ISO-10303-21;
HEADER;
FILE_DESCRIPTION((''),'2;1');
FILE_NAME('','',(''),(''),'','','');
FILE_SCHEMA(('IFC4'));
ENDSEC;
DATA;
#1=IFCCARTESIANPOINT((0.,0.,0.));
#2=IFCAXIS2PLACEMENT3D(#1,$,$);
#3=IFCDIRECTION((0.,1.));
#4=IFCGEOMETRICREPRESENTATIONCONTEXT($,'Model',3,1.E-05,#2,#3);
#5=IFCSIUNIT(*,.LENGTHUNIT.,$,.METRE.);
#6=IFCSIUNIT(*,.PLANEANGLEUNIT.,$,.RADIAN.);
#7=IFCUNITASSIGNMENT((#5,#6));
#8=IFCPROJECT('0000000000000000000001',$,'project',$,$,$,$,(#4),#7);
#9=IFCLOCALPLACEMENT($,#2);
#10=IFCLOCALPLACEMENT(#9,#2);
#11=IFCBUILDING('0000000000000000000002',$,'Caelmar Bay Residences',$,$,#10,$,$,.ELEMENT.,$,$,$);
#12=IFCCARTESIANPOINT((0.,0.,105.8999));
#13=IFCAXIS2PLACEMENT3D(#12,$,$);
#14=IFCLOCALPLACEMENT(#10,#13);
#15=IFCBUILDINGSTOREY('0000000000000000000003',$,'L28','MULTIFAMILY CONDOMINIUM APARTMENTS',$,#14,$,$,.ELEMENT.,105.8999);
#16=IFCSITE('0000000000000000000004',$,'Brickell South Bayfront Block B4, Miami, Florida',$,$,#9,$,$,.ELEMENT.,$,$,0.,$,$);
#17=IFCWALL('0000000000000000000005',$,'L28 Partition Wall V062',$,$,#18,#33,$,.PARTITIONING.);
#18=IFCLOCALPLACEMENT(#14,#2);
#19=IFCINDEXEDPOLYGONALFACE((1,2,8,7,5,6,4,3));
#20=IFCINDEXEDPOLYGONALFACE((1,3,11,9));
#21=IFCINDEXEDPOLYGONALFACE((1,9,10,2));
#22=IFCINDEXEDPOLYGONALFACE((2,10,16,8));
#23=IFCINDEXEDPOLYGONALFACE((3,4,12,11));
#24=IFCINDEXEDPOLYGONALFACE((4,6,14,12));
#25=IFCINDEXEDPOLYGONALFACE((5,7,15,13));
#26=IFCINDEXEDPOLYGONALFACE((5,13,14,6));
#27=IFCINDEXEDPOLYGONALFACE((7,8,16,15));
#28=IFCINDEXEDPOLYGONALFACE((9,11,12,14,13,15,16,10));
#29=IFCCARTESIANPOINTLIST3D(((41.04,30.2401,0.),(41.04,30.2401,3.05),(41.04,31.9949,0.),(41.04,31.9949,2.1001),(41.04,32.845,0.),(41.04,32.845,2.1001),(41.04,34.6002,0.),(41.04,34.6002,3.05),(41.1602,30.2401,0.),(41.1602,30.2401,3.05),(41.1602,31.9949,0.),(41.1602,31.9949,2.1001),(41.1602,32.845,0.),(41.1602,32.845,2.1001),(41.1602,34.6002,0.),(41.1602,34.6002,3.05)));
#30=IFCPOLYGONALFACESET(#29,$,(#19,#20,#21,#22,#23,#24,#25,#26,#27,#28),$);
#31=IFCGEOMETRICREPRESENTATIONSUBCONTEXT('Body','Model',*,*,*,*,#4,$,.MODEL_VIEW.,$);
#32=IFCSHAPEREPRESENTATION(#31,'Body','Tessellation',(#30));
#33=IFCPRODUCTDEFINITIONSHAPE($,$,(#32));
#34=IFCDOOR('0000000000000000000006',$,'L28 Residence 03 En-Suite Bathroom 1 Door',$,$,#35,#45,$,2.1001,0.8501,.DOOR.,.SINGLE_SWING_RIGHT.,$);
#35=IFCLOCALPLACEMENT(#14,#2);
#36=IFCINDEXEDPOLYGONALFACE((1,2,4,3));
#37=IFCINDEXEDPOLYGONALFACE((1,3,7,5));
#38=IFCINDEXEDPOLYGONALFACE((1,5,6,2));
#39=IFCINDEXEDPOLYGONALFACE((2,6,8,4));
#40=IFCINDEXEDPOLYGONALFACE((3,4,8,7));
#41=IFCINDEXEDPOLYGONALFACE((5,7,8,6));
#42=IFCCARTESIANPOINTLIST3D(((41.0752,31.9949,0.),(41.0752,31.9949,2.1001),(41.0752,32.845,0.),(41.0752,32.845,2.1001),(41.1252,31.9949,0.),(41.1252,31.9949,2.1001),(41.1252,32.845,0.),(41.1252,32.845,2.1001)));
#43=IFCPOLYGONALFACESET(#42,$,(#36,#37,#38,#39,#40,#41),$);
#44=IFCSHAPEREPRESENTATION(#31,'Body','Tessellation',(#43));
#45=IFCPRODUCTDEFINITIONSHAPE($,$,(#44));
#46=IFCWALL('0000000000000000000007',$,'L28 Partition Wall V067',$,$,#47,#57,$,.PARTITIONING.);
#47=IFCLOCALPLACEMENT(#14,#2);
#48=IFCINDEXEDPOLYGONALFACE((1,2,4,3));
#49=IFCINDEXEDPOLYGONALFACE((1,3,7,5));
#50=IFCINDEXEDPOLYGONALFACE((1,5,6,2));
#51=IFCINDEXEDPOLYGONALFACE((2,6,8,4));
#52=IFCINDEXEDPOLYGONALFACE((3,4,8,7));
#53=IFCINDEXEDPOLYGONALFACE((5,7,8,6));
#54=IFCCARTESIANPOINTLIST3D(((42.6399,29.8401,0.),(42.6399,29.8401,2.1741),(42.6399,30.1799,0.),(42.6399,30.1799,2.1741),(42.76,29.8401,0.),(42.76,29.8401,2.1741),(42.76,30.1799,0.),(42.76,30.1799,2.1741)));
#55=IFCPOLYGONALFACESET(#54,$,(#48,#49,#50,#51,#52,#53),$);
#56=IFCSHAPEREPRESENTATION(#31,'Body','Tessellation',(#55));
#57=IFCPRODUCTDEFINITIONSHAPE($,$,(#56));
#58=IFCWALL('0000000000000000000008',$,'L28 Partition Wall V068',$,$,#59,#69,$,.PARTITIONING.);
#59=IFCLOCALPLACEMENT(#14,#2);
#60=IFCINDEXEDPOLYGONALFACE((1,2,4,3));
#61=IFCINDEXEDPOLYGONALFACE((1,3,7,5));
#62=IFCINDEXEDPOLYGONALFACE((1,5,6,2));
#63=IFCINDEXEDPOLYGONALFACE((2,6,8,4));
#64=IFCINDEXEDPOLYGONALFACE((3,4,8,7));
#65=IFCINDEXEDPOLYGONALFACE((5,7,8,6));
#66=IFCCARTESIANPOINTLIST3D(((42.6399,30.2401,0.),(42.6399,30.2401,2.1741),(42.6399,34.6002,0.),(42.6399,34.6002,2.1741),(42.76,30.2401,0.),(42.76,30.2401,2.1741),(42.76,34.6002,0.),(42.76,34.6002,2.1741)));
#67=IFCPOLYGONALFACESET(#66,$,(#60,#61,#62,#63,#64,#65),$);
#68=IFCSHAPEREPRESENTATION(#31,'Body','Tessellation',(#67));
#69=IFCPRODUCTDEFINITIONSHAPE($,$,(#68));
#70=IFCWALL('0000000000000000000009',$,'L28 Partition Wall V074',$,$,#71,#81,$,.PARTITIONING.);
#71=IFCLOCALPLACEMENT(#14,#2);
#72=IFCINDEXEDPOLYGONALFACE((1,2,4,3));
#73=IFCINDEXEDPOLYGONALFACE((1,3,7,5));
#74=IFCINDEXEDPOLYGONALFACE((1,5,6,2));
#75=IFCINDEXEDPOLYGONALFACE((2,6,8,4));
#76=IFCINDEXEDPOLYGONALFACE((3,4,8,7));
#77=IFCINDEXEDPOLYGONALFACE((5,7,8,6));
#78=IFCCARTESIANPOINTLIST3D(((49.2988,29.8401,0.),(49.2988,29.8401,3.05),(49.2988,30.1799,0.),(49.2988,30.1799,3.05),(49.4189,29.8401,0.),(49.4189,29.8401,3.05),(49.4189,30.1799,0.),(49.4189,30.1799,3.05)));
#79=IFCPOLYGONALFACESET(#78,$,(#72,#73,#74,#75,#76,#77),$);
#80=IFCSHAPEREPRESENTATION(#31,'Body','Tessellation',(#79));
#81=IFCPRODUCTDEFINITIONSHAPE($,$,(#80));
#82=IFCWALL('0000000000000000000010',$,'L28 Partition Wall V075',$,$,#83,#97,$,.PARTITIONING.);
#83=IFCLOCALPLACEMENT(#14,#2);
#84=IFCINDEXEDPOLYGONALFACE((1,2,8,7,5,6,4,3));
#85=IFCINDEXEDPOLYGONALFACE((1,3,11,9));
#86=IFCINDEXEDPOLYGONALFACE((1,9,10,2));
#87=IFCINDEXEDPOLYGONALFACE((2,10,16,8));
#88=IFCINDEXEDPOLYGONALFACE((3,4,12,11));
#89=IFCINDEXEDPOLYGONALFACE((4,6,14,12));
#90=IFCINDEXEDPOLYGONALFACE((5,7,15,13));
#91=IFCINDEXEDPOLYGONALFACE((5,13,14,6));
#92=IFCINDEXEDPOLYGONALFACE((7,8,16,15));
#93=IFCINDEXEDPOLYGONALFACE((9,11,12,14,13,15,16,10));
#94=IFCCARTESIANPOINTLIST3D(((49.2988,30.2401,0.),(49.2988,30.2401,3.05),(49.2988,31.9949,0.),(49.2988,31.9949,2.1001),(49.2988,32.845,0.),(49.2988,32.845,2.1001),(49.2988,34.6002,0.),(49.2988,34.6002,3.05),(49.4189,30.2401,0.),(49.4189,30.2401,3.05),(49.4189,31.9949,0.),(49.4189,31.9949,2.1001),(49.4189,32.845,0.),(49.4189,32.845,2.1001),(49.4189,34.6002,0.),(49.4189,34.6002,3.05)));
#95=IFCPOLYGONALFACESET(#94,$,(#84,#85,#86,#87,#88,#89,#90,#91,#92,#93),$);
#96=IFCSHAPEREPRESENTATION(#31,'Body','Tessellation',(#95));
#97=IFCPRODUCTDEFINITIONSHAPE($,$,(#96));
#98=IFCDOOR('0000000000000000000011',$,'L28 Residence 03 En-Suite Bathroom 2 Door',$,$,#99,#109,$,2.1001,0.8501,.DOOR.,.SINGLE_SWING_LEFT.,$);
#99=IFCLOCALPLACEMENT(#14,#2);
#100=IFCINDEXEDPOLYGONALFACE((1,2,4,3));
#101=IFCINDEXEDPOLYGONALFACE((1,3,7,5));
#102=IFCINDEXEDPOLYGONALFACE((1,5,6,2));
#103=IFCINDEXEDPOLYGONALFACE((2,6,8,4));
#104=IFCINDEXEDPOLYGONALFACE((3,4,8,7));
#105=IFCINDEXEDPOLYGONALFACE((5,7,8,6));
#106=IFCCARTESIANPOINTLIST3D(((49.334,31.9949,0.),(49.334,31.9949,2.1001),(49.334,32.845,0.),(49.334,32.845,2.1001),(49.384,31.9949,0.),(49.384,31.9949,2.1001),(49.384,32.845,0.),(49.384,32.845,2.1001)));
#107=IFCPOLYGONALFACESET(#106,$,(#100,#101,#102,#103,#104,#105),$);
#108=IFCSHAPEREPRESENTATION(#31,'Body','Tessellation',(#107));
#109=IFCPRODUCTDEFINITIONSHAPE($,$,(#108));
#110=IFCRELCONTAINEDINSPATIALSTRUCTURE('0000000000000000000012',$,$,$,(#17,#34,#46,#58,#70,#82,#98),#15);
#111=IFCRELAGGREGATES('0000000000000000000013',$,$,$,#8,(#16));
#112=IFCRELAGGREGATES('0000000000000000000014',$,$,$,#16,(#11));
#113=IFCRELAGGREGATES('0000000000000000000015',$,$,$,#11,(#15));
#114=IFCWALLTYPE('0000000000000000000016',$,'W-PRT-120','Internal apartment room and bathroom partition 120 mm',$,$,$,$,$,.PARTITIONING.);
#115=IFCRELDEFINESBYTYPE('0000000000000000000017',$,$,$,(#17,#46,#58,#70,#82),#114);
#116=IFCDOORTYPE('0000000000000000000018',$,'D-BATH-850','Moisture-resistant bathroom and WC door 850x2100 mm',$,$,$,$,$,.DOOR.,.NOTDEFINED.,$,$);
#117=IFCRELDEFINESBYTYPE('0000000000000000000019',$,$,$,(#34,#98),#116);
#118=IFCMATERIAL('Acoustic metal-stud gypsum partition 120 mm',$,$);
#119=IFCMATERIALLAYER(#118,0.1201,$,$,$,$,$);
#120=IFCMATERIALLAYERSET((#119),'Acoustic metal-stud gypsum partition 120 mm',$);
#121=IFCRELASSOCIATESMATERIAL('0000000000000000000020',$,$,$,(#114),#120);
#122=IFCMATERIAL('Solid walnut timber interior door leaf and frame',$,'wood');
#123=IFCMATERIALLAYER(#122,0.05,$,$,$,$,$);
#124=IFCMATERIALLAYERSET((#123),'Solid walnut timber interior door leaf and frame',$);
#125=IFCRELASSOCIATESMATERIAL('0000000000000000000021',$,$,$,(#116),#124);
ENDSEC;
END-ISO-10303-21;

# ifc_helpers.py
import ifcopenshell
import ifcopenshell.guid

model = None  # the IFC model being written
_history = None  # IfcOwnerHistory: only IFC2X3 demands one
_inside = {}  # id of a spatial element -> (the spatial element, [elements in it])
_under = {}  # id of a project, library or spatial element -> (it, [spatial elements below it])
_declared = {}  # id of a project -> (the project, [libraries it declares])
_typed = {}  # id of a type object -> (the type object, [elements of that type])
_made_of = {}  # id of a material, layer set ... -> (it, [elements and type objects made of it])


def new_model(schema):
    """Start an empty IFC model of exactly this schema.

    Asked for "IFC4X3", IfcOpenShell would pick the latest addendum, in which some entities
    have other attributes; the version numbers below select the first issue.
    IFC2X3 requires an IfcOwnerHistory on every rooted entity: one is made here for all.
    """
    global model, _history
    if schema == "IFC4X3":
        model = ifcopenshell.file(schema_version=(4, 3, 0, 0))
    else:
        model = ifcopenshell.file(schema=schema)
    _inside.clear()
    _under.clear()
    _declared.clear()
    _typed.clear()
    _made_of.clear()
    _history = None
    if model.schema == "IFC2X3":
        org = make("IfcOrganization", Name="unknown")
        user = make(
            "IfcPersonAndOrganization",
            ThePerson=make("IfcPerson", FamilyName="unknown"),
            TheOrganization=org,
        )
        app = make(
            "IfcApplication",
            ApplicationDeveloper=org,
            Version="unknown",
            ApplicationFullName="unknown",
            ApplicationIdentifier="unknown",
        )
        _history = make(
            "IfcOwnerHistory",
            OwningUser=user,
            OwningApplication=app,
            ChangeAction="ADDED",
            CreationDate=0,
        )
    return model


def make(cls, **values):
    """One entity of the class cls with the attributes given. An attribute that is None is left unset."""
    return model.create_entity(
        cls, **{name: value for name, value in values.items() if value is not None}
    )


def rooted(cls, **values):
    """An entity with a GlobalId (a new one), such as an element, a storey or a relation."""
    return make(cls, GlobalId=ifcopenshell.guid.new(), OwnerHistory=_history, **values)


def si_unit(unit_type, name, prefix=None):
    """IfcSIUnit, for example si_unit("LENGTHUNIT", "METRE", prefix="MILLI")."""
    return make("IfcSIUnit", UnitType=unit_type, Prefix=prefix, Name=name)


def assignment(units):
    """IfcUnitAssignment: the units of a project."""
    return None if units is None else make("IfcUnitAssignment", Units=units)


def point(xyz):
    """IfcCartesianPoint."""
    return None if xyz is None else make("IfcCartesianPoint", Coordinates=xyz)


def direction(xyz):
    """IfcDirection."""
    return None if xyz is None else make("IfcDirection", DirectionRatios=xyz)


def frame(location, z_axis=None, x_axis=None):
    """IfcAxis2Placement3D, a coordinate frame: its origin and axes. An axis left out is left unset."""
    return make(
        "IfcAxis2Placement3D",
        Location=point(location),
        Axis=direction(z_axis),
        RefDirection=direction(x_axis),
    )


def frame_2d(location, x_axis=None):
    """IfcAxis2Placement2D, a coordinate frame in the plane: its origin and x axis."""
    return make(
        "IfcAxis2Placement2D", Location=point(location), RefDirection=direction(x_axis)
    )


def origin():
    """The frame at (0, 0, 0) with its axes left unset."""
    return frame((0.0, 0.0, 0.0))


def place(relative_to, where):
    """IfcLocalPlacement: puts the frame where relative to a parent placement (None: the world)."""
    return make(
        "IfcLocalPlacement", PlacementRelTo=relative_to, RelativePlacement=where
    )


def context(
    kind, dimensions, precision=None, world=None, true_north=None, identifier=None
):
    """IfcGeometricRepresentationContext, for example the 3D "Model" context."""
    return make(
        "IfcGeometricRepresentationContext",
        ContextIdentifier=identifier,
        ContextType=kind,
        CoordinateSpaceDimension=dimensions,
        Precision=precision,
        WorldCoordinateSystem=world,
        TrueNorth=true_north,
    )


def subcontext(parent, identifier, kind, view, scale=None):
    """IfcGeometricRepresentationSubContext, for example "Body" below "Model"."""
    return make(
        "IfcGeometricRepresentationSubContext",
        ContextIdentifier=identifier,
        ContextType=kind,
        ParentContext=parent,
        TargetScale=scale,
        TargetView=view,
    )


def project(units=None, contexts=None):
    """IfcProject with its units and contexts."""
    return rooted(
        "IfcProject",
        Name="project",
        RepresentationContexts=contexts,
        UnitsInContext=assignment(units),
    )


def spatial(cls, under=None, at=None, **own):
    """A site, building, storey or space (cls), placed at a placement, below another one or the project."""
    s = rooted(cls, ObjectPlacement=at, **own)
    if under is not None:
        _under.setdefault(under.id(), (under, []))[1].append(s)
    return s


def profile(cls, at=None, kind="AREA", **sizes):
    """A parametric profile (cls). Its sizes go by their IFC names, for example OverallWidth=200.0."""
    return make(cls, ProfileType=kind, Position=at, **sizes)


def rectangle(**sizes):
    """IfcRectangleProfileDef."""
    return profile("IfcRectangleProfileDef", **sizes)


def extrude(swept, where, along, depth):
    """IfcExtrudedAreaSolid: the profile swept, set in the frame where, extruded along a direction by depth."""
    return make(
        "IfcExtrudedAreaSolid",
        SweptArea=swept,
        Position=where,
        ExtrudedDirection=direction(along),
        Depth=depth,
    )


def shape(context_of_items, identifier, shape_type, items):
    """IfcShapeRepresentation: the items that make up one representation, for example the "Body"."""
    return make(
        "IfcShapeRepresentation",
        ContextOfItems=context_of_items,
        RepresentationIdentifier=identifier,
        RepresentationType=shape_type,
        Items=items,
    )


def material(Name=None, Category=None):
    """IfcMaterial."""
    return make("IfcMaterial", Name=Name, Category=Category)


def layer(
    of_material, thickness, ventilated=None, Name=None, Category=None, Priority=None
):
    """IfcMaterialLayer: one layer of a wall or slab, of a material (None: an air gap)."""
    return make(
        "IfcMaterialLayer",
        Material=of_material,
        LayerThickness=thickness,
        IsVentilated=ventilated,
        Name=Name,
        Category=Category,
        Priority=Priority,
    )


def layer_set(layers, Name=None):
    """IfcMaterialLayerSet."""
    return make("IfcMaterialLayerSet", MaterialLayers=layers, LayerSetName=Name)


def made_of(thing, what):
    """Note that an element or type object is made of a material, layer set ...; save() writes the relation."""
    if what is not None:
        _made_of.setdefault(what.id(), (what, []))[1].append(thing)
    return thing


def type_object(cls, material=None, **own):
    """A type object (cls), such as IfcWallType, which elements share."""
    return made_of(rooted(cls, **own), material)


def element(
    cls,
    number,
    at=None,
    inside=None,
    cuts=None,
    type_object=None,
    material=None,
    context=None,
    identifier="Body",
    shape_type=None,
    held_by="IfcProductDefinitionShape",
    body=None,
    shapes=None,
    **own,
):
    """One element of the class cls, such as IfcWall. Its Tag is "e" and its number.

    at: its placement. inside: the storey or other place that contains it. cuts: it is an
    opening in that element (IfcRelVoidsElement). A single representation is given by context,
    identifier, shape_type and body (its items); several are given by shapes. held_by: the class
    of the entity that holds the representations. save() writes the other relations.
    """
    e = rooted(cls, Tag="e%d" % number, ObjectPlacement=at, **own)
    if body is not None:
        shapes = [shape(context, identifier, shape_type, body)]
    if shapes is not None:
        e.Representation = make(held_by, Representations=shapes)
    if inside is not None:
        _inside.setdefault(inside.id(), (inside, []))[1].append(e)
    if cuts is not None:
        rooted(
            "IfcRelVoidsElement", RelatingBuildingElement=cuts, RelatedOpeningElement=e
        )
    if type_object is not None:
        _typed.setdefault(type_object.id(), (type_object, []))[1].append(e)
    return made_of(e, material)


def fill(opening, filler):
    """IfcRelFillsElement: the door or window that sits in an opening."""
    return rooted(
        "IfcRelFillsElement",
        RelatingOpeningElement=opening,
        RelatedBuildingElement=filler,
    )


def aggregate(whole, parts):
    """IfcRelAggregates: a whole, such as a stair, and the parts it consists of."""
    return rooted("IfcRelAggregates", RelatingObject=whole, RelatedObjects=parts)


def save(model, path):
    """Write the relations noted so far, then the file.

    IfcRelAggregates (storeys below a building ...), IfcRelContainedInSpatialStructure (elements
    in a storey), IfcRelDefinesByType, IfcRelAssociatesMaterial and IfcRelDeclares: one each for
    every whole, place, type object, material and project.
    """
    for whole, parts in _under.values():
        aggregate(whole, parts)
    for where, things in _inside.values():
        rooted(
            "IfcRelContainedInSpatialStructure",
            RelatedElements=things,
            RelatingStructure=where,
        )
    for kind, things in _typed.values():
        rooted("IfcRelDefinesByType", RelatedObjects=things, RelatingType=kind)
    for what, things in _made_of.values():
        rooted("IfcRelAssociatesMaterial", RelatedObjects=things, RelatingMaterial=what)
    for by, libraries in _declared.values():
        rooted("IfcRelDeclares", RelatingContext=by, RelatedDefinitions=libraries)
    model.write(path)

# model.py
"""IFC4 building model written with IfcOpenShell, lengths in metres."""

from ifc_helpers import new_model, si_unit, direction, frame, frame_2d, origin, place, context, subcontext, project, spatial, rectangle, extrude, material, layer, layer_set, type_object, element, fill, save


model = new_model("IFC4")

# Units and contexts
model_context = context("Model", 3, precision=1e-05, world=origin(), true_north=direction((0.0, 1.0)))
body_context = subcontext(model_context, "Body", "Model", "MODEL_VIEW")
ifc_project = project(units=[si_unit("LENGTHUNIT", "METRE"), si_unit("PLANEANGLEUNIT", "RADIAN")], contexts=[model_context])

# Site, building, storey
site_placement = place(None, origin())
site = spatial("IfcSite", under=ifc_project, at=site_placement, Name="Brickell South Bayfront Block B4, Miami, Florida", CompositionType="ELEMENT", RefElevation=0.0)
building_placement = place(site_placement, origin())
building = spatial("IfcBuilding", under=site, at=building_placement, Name="Caelmar Bay Residences", CompositionType="ELEMENT")
storey_placement = place(building_placement, frame((0.0, 0.0, 105.8999)))
storey = spatial("IfcBuildingStorey", under=building, at=storey_placement, Name="L28", Description="MULTIFAMILY CONDOMINIUM APARTMENTS", CompositionType="ELEMENT", Elevation=105.8999)

# Shared definitions
ifc_material_1 = material(Name="Acoustic metal-stud gypsum partition 120 mm")
ifc_layer_1 = layer(ifc_material_1, 0.1201)
ifc_layer_set_1 = layer_set([ifc_layer_1], Name="Acoustic metal-stud gypsum partition 120 mm")
wall_type_1 = type_object("IfcWallType", Name="W-PRT-120", Description="Internal apartment room and bathroom partition 120 mm", PredefinedType="PARTITIONING", material=ifc_layer_set_1)

# Wall, opening, door
wall_1_placement = place(storey_placement, frame((41.1001, 30.24, 0.0), z_axis=(0.0, 0.0, 1.0), x_axis=(0.0, 1.0, 0.0)))
wall_1 = element("IfcWall", 1, at=wall_1_placement, inside=storey, type_object=wall_type_1, Name="L28 Partition Wall V062", PredefinedType="PARTITIONING", context=body_context, shape_type="SweptSolid", body=[
    extrude(rectangle(XDim=4.3601, YDim=0.1201, at=frame_2d((2.1802, 0.0))), origin(), (0.0, 0.0, 1.0), 3.05),
])
opening_1_placement = place(wall_1_placement, frame((1.7549, 0.0, 0.0)))
opening_1 = element("IfcOpeningElement", 2, at=opening_1_placement, cuts=wall_1, PredefinedType="OPENING", context=body_context, shape_type="SweptSolid", body=[
    extrude(rectangle(XDim=0.8501, YDim=2.1001, at=frame_2d((0.425, 1.05))), frame((0.0, 0.0701, 0.0), z_axis=(0.0, -1.0, 0.0), x_axis=(1.0, 0.0, 0.0)), (0.0, 0.0, 1.0), 0.1401),
])
ifc_material_2 = material(Name="Solid walnut timber interior door leaf and frame", Category="wood")
ifc_layer_2 = layer(ifc_material_2, 0.05)
ifc_layer_set_2 = layer_set([ifc_layer_2], Name="Solid walnut timber interior door leaf and frame")
door_type = type_object("IfcDoorType", Name="D-BATH-850", Description="Moisture-resistant bathroom and WC door 850x2100 mm", OperationType="NOTDEFINED", PredefinedType="DOOR", material=ifc_layer_set_2)
door_1_placement = place(opening_1_placement, origin())
door_1 = element("IfcDoor", 3, at=door_1_placement, inside=storey, type_object=door_type, Name="L28 Residence 03 En-Suite Bathroom 1 Door", OperationType="SINGLE_SWING_RIGHT", OverallHeight=2.1001, OverallWidth=0.8501, PredefinedType="DOOR", context=body_context, shape_type="SweptSolid", body=[
    extrude(rectangle(XDim=0.8501, YDim=2.1001, at=frame_2d((0.425, 1.05))), frame((0.0, 0.0249, 0.0), z_axis=(0.0, -1.0, 0.0), x_axis=(1.0, 0.0, 0.0)), (0.0, 0.0, 1.0), 0.05),
])
fill(opening_1, door_1)

# Walls
wall_2_placement = place(storey_placement, frame((42.7, 29.8401, 0.0), z_axis=(0.0, 0.0, 1.0), x_axis=(0.0, 1.0, 0.0)))
element("IfcWall", 4, at=wall_2_placement, inside=storey, type_object=wall_type_1, Name="L28 Partition Wall V067", PredefinedType="PARTITIONING", context=body_context, shape_type="SweptSolid", body=[
    extrude(rectangle(XDim=0.3398, YDim=0.1201, at=frame_2d((0.1699, 0.0))), origin(), (0.0, 0.0, 1.0), 2.1741),
])
wall_3_placement = place(storey_placement, frame((42.7, 30.24, 0.0), z_axis=(0.0, 0.0, 1.0), x_axis=(0.0, 1.0, 0.0)))
element("IfcWall", 5, at=wall_3_placement, inside=storey, type_object=wall_type_1, Name="L28 Partition Wall V068", PredefinedType="PARTITIONING", context=body_context, shape_type="SweptSolid", body=[
    extrude(rectangle(XDim=4.3601, YDim=0.1201, at=frame_2d((2.1802, 0.0))), origin(), (0.0, 0.0, 1.0), 2.1741),
])
wall_4_placement = place(storey_placement, frame((49.3589, 29.8401, 0.0), z_axis=(0.0, 0.0, 1.0), x_axis=(0.0, 1.0, 0.0)))
element("IfcWall", 6, at=wall_4_placement, inside=storey, type_object=wall_type_1, Name="L28 Partition Wall V074", PredefinedType="PARTITIONING", context=body_context, shape_type="SweptSolid", body=[
    extrude(rectangle(XDim=0.3398, YDim=0.1201, at=frame_2d((0.1699, 0.0))), origin(), (0.0, 0.0, 1.0), 3.05),
])

# Wall, opening, door
wall_5_placement = place(storey_placement, frame((49.3589, 30.24, 0.0), z_axis=(0.0, 0.0, 1.0), x_axis=(0.0, 1.0, 0.0)))
wall_5 = element("IfcWall", 7, at=wall_5_placement, inside=storey, type_object=wall_type_1, Name="L28 Partition Wall V075", PredefinedType="PARTITIONING", context=body_context, shape_type="SweptSolid", body=[
    extrude(rectangle(XDim=4.3601, YDim=0.1201, at=frame_2d((2.1802, 0.0))), origin(), (0.0, 0.0, 1.0), 3.05),
])
opening_2_placement = place(wall_5_placement, frame((1.7549, 0.0, 0.0)))
opening_2 = element("IfcOpeningElement", 8, at=opening_2_placement, cuts=wall_5, PredefinedType="OPENING", context=body_context, shape_type="SweptSolid", body=[
    extrude(rectangle(XDim=0.8501, YDim=2.1001, at=frame_2d((0.425, 1.05))), frame((0.0, 0.0701, 0.0), z_axis=(0.0, -1.0, 0.0), x_axis=(1.0, 0.0, 0.0)), (0.0, 0.0, 1.0), 0.1401),
])
door_2_placement = place(opening_2_placement, origin())
door_2 = element("IfcDoor", 9, at=door_2_placement, inside=storey, type_object=door_type, Name="L28 Residence 03 En-Suite Bathroom 2 Door", OperationType="SINGLE_SWING_LEFT", OverallHeight=2.1001, OverallWidth=0.8501, PredefinedType="DOOR", context=body_context, shape_type="SweptSolid", body=[
    extrude(rectangle(XDim=0.8501, YDim=2.1001, at=frame_2d((0.425, 1.05))), frame((0.0, 0.0249, 0.0), z_axis=(0.0, -1.0, 0.0), x_axis=(1.0, 0.0, 0.0)), (0.0, 0.0, 1.0), 0.05),
])
fill(opening_2, door_2)

save(model, "model.ifc")
